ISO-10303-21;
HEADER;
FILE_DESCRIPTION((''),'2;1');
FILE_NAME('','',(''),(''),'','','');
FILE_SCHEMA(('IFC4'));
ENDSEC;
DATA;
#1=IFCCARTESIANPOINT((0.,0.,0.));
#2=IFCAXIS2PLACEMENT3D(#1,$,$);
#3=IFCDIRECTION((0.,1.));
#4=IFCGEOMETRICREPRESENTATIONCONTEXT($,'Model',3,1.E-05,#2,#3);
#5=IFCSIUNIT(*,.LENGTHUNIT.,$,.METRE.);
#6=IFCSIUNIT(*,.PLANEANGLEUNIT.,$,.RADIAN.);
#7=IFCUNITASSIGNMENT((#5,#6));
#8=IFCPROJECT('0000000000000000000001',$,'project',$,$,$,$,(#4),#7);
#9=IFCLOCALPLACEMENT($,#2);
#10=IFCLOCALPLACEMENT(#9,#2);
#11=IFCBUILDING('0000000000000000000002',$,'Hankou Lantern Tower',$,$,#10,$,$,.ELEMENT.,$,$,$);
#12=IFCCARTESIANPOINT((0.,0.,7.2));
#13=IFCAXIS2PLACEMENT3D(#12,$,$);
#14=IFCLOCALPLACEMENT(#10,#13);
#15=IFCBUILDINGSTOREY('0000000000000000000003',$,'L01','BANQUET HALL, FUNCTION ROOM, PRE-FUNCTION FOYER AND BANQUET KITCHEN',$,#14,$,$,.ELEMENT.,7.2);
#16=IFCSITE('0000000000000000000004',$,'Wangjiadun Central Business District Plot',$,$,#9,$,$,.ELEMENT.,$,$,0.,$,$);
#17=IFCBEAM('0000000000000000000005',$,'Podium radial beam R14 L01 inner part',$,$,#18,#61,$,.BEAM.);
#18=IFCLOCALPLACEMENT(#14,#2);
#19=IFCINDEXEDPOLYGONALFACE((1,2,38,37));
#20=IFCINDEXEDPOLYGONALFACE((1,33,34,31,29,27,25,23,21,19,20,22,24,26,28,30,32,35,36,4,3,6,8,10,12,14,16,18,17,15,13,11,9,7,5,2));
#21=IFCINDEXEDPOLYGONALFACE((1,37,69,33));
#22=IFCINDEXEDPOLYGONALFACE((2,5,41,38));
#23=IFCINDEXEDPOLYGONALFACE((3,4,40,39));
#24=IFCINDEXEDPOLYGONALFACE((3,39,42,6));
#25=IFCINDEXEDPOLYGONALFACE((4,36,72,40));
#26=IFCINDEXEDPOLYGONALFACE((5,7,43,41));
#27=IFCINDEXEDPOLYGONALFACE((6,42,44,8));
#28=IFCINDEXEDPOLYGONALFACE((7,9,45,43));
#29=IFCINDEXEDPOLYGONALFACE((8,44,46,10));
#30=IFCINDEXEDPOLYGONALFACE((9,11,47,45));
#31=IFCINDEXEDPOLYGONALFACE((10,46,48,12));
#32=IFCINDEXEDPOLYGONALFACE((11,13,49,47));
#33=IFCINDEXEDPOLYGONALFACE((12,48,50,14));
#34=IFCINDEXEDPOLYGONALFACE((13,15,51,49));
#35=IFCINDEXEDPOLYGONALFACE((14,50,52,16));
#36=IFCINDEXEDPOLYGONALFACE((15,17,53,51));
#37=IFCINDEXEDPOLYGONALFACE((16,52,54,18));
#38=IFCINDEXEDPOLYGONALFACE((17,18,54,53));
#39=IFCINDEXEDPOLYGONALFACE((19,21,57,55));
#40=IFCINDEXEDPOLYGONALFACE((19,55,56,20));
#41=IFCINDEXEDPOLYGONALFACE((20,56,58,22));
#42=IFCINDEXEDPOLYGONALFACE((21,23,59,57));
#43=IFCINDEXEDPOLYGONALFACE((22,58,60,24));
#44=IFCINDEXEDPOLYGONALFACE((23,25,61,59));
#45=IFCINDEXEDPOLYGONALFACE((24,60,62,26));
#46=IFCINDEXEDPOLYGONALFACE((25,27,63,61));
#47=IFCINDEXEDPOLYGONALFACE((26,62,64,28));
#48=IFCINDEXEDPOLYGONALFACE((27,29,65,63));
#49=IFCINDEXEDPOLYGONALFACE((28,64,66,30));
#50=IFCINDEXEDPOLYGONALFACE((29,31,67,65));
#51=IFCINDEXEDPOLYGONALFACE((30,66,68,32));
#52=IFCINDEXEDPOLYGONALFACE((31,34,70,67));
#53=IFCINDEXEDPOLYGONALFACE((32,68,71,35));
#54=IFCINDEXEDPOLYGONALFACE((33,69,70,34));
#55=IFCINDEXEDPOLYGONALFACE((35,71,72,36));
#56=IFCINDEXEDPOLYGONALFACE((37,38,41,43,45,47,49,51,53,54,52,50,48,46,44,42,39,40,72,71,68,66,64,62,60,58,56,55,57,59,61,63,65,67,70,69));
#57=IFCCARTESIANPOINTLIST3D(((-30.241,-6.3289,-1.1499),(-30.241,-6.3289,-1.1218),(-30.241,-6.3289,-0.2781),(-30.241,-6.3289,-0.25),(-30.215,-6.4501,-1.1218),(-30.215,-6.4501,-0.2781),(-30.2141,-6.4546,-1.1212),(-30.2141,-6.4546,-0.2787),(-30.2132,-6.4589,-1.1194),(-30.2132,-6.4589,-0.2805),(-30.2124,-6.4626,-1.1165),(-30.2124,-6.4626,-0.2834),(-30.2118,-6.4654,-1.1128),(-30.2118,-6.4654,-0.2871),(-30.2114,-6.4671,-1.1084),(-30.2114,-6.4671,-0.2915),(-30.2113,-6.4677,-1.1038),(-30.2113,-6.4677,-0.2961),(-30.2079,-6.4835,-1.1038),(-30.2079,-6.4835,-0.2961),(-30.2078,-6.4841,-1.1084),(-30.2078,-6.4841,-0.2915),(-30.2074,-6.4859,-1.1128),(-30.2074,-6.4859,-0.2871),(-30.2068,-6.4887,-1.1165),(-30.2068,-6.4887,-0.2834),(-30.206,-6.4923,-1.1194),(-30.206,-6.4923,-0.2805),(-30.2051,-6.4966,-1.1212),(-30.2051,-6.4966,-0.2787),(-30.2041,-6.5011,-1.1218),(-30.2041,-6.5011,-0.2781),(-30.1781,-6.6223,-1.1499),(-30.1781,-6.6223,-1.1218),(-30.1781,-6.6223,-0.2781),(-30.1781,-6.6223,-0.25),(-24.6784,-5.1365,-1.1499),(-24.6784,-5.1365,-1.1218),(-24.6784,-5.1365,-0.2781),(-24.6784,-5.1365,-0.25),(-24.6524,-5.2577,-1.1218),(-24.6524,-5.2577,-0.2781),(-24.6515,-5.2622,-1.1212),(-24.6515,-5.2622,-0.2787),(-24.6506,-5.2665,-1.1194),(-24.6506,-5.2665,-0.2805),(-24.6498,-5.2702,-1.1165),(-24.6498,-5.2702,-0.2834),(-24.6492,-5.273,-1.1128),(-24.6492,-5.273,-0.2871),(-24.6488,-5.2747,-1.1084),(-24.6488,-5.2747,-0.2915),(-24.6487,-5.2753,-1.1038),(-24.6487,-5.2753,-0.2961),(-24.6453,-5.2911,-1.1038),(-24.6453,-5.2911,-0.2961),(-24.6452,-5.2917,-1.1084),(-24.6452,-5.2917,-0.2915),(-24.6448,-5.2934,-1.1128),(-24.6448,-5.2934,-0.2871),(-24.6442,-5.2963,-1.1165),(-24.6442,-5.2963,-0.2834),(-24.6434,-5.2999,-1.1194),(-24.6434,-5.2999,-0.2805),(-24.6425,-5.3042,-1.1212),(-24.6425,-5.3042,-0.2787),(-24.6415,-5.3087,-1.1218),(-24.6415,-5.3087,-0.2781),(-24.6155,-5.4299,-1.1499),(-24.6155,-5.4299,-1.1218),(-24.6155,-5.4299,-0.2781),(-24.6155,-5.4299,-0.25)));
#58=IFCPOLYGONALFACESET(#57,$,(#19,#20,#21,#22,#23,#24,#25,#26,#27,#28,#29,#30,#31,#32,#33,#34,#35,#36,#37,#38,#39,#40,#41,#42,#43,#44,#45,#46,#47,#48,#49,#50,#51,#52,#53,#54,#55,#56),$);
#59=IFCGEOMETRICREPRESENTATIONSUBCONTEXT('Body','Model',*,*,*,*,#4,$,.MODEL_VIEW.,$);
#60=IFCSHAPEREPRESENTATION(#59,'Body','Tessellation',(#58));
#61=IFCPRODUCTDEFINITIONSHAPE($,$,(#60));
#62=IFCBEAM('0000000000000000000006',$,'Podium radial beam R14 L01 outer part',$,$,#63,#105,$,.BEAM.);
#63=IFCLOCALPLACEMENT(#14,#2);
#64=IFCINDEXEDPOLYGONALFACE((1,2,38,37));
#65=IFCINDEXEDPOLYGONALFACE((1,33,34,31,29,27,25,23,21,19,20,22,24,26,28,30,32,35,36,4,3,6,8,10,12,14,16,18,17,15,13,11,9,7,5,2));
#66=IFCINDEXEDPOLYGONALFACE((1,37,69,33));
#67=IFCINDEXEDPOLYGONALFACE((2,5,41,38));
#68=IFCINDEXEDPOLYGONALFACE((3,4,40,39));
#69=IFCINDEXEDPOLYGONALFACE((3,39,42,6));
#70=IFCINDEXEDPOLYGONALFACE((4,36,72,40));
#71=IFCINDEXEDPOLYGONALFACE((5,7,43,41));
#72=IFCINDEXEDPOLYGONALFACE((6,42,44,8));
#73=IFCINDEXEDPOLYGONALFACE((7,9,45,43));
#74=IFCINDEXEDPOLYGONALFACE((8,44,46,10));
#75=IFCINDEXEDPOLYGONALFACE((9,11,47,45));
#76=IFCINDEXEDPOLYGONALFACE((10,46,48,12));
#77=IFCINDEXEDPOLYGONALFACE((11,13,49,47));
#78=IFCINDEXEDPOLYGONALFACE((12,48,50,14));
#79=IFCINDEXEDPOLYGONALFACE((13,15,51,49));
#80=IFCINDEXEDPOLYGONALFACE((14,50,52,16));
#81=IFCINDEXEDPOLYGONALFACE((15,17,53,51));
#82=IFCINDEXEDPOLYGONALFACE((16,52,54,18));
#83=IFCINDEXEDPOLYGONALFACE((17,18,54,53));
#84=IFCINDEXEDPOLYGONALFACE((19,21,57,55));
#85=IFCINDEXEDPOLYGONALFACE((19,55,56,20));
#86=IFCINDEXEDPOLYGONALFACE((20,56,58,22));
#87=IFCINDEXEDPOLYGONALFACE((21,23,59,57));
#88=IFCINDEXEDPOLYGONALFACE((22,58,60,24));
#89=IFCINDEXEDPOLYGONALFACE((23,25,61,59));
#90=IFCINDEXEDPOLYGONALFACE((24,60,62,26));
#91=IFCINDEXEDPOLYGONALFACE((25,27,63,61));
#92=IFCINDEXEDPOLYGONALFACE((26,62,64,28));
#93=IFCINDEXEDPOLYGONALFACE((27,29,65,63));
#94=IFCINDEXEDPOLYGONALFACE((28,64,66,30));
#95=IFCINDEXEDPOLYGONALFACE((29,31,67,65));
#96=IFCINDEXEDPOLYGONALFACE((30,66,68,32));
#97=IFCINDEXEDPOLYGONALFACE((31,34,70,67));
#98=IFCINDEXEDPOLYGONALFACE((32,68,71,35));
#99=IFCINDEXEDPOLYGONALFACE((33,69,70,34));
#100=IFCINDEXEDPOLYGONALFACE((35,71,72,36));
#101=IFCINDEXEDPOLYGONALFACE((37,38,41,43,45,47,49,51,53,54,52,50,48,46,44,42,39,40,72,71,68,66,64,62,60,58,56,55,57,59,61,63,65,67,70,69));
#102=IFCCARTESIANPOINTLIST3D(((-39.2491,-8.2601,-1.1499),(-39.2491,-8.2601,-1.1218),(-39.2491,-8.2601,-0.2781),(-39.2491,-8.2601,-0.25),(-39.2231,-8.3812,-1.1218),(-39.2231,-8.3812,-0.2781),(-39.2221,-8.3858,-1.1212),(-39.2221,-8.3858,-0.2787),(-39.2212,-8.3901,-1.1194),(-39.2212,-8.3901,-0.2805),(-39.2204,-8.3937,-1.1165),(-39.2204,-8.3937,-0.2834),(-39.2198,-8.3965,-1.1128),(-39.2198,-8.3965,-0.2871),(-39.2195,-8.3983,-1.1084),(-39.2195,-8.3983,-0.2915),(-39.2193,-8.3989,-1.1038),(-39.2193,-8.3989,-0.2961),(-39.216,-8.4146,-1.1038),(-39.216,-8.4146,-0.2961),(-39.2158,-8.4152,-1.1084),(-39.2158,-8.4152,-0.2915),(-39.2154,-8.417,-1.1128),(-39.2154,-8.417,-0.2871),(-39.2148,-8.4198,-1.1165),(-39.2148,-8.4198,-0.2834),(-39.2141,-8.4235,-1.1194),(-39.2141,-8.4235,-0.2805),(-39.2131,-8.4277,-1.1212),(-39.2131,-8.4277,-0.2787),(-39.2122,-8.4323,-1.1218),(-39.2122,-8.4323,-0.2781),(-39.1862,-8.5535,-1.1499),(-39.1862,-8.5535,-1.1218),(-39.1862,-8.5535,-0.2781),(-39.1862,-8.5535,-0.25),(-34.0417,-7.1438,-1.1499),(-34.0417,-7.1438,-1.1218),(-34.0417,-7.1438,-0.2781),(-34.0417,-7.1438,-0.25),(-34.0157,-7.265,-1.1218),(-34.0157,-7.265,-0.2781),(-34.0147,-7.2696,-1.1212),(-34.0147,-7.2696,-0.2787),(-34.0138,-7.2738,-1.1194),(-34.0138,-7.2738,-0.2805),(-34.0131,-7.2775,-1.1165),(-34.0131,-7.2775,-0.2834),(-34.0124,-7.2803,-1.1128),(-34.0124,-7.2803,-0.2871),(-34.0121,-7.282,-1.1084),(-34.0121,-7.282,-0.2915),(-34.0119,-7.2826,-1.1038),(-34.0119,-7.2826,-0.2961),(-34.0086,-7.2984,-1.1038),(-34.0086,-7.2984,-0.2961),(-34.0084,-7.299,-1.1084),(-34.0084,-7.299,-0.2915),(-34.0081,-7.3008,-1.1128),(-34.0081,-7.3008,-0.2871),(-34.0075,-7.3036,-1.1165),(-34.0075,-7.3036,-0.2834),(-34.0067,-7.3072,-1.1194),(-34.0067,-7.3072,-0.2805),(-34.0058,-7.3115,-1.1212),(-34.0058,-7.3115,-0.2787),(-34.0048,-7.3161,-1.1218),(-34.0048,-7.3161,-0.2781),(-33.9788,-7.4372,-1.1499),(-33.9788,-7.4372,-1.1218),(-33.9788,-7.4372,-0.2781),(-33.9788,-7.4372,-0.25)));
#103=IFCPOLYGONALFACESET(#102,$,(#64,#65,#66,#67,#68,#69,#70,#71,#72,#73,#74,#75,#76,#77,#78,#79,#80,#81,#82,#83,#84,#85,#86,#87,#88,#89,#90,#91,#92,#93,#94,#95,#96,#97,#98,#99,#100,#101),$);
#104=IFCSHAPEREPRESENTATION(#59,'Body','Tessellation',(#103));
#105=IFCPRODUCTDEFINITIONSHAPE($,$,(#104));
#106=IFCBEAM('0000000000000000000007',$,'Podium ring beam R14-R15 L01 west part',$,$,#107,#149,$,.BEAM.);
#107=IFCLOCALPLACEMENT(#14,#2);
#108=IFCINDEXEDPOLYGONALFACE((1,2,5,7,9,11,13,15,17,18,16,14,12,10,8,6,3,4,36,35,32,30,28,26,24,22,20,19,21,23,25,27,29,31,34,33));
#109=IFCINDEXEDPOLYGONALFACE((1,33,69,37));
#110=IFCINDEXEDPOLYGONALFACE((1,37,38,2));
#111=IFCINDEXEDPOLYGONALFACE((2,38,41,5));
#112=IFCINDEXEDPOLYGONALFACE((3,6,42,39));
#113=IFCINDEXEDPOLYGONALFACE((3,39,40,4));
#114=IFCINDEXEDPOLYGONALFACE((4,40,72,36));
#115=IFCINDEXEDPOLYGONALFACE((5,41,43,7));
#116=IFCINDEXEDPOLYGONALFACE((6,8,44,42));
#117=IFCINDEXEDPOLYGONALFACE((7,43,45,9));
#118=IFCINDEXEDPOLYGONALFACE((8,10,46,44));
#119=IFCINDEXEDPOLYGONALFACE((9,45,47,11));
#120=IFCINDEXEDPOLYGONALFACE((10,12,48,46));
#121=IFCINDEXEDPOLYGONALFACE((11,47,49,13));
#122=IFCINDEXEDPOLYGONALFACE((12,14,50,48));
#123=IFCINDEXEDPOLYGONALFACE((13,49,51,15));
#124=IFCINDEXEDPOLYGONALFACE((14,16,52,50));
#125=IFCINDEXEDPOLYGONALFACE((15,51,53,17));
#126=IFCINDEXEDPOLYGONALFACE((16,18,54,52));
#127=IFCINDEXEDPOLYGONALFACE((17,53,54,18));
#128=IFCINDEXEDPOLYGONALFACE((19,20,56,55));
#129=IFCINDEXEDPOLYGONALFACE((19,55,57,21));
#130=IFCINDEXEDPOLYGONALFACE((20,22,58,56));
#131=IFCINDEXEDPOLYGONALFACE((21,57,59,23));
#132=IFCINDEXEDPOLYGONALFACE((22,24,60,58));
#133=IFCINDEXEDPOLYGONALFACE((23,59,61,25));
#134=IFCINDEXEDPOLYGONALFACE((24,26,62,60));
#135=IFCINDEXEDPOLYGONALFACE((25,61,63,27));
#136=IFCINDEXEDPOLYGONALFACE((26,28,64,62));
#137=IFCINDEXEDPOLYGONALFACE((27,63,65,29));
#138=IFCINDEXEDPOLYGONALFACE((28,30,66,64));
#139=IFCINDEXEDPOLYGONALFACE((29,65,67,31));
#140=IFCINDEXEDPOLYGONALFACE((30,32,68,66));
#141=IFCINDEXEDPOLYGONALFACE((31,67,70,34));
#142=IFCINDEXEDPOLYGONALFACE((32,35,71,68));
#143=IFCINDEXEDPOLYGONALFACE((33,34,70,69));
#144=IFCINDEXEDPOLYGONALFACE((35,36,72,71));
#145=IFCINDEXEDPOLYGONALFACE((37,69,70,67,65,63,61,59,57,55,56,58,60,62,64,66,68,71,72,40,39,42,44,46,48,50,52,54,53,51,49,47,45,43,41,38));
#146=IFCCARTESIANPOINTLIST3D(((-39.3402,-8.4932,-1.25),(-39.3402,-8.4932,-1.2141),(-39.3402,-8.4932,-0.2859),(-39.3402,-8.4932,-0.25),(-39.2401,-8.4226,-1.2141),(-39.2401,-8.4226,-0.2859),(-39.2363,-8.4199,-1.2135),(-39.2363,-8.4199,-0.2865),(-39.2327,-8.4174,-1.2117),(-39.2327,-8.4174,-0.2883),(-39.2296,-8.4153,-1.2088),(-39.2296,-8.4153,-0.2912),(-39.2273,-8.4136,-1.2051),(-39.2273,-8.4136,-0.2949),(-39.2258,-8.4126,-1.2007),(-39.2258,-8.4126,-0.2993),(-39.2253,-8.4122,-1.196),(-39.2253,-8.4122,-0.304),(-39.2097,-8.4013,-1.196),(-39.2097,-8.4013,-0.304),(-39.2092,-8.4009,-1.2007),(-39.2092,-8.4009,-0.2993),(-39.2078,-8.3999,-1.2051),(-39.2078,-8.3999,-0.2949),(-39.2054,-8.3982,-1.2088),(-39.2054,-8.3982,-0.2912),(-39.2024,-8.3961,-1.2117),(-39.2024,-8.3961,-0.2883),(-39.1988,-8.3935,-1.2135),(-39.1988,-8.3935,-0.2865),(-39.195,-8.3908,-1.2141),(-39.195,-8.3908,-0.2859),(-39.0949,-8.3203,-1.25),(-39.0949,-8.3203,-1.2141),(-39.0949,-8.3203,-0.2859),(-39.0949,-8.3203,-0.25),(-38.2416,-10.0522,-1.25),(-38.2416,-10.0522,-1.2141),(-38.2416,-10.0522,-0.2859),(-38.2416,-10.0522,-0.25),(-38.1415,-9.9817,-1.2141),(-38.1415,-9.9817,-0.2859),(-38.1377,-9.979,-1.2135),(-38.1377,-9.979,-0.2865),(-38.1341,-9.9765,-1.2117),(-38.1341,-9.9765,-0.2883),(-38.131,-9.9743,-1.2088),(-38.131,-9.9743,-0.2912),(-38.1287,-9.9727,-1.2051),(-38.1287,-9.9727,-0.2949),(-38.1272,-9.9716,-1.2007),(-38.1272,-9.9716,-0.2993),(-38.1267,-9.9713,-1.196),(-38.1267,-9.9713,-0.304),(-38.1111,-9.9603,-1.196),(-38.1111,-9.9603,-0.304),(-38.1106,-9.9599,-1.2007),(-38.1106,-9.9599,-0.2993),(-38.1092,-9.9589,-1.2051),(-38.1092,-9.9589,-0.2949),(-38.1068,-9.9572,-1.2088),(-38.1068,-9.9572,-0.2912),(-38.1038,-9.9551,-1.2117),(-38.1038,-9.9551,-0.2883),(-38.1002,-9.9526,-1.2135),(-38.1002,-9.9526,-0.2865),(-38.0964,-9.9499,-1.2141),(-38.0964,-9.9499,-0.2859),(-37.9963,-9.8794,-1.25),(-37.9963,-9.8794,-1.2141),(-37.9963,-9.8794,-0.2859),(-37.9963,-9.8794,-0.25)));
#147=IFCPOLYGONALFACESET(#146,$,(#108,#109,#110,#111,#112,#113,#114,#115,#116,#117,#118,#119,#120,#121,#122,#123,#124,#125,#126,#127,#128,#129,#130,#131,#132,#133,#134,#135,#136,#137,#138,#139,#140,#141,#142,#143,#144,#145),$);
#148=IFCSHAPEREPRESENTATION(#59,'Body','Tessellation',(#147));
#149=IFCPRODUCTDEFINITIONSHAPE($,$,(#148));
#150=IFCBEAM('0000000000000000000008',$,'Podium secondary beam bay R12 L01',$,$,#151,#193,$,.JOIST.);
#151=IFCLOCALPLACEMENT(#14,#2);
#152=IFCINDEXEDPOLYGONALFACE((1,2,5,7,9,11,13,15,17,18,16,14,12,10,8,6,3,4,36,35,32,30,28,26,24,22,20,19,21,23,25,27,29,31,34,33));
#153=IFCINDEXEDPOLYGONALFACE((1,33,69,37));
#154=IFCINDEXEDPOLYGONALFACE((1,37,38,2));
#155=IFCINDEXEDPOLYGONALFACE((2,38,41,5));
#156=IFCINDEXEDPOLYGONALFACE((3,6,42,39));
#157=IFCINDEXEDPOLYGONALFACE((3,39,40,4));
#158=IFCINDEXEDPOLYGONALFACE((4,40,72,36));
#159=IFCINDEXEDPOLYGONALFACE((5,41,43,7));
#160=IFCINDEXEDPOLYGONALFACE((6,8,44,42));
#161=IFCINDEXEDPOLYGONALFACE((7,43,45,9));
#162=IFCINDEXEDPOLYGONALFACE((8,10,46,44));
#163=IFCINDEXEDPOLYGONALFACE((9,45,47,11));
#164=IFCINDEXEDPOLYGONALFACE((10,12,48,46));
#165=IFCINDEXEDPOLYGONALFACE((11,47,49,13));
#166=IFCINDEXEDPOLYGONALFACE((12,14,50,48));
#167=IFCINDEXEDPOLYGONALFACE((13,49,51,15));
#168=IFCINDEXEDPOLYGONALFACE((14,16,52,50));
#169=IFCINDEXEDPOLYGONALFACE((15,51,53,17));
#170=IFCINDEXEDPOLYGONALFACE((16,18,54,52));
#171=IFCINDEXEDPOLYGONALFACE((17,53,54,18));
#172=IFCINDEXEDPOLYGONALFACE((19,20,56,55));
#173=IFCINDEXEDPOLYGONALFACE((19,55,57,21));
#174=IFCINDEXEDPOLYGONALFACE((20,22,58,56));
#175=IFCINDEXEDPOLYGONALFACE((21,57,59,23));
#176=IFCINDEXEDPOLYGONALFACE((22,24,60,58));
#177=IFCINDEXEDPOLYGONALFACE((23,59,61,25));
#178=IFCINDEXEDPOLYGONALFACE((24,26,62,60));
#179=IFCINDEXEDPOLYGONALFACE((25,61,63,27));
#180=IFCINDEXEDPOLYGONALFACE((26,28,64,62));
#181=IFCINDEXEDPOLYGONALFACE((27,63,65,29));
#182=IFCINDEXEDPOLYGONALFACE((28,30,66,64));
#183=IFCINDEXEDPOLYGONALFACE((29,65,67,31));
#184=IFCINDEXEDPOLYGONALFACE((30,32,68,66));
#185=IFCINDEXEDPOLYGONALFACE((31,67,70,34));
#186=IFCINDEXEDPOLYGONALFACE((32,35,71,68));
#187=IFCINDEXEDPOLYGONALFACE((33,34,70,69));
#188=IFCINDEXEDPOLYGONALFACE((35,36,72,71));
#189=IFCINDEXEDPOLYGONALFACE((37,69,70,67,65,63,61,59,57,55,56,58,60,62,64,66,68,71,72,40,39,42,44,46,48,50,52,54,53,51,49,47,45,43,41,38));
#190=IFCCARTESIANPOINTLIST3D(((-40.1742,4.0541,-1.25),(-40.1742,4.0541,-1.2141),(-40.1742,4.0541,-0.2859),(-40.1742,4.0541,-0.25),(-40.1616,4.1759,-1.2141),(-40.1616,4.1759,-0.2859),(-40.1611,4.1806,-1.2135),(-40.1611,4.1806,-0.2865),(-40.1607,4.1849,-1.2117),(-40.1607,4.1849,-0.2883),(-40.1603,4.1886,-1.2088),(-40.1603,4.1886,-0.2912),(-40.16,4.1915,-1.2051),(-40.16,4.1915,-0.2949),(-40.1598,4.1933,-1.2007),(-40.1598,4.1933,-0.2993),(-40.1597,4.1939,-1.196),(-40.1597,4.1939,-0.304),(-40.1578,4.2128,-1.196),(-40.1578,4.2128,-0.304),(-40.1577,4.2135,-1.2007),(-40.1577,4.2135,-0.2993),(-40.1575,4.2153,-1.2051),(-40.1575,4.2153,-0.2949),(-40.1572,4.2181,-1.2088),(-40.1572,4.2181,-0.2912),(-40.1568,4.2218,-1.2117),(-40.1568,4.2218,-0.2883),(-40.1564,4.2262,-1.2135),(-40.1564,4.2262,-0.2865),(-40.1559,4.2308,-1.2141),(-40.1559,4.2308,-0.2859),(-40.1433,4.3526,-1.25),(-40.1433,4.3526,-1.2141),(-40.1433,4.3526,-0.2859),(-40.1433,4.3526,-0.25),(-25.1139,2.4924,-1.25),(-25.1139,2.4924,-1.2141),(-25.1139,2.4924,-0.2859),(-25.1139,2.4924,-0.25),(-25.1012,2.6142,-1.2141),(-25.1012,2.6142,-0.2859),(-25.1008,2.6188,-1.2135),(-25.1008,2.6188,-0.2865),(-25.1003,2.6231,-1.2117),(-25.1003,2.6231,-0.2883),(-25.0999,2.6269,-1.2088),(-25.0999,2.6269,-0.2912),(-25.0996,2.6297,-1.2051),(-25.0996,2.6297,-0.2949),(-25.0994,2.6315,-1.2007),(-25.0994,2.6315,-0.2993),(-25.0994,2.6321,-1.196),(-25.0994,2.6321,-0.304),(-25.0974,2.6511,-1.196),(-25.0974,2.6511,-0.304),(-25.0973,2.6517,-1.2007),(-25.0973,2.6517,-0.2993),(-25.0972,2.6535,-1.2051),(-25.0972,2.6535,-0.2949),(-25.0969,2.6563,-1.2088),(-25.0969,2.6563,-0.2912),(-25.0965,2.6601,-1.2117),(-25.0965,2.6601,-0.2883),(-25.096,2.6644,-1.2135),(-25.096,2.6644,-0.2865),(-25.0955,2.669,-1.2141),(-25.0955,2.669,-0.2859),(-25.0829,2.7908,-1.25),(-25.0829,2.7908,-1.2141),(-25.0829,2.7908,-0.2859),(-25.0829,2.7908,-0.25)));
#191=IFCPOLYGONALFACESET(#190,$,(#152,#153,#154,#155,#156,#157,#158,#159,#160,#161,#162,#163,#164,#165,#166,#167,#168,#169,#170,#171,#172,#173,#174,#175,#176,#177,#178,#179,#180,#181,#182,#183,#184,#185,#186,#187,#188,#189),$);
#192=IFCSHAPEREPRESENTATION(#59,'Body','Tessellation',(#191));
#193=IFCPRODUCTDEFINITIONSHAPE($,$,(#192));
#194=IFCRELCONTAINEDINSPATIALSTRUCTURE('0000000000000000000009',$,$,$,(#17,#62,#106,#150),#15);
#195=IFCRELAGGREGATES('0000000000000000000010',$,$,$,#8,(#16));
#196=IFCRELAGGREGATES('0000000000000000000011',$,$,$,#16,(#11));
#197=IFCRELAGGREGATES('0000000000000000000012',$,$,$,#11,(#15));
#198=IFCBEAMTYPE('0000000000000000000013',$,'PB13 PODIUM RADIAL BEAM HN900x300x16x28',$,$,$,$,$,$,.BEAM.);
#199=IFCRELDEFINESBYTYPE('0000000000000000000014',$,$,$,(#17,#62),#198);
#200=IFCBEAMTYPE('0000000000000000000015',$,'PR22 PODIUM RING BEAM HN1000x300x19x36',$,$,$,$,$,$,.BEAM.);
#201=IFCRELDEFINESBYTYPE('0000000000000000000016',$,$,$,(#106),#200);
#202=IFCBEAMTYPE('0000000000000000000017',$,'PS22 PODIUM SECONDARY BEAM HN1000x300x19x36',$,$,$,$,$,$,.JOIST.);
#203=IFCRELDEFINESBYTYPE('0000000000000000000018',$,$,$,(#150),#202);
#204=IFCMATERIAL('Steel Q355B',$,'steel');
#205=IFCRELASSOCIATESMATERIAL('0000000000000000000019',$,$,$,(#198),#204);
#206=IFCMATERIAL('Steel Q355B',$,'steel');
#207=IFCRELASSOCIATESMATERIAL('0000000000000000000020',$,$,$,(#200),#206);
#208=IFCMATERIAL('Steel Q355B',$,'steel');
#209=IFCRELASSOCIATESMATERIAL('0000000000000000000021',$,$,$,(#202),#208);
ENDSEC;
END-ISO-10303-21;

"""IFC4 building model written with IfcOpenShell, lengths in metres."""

from ifc_helpers import new_model, si_unit, direction, frame, origin, origin_2d, place, context, subcontext, project, spatial, i_section, extrude, material, material_profile, profile_set, type_object, element, save


model = new_model("IFC4")

# Units and contexts
model_context = context("Model", 3, precision=1e-05, world=origin(), true_north=direction((0.0, 1.0)))
body_context = subcontext(model_context, "Body", "Model", "MODEL_VIEW")
ifc_project = project(units=[si_unit("LENGTHUNIT", "METRE"), si_unit("PLANEANGLEUNIT", "RADIAN")], contexts=[model_context])

# Site, building, storey
site_placement = place(None, origin())
site = spatial("IfcSite", under=ifc_project, at=site_placement, Name="Wangjiadun Central Business District Plot", CompositionType="ELEMENT", RefElevation=0.0)
building_placement = place(site_placement, origin())
building = spatial("IfcBuilding", under=site, at=building_placement, Name="Hankou Lantern Tower", CompositionType="ELEMENT")
storey_placement = place(building_placement, frame((0.0, 0.0, 7.2)))
storey = spatial("IfcBuildingStorey", under=building, at=storey_placement, Name="L01", Description="BANQUET HALL, FUNCTION ROOM, PRE-FUNCTION FOYER AND BANQUET KITCHEN", CompositionType="ELEMENT", Elevation=7.2)

# Beams
ifc_material_1 = material(Name="Steel Q355B", Category="steel")
ifc_material_profile_1 = material_profile(ifc_material_1, i_section(OverallWidth=0.3, OverallDepth=0.8999, WebThickness=0.0161, FlangeThickness=0.0281, FilletRadius=0.0181, at=origin_2d()), Name="HN900x300x16x28")
ifc_profile_set_1 = profile_set([ifc_material_profile_1], Name="Steel Q355B")
beam_type_1 = type_object("IfcBeamType", Name="PB13 PODIUM RADIAL BEAM HN900x300x16x28", PredefinedType="BEAM", material=ifc_profile_set_1)
beam_1_placement = place(storey_placement, frame((-24.647, -5.2832, -0.7), z_axis=(-0.977787, -0.209599, 0.0), x_axis=(0.209599, -0.977787, 0.0)))
element("IfcBeam", 1, at=beam_1_placement, inside=storey, type_object=beam_type_1, Name="Podium radial beam R14 L01 inner part", PredefinedType="BEAM", context=body_context, shape_type="SweptSolid", body=[
    extrude(i_section(OverallWidth=0.3, OverallDepth=0.8999, WebThickness=0.0161, FlangeThickness=0.0281, FilletRadius=0.0181, at=origin_2d()), origin(), (0.0, 0.0, 1.0), 5.689),
])
beam_2_placement = place(storey_placement, frame((-34.0103, -7.2905, -0.7), z_axis=(-0.977788, -0.209595, 0.0), x_axis=(0.209595, -0.977788, 0.0)))
element("IfcBeam", 2, at=beam_2_placement, inside=storey, type_object=beam_type_1, Name="Podium radial beam R14 L01 outer part", PredefinedType="BEAM", context=body_context, shape_type="SweptSolid", body=[
    extrude(i_section(OverallWidth=0.3, OverallDepth=0.8999, WebThickness=0.0161, FlangeThickness=0.0281, FilletRadius=0.0181, at=origin_2d()), origin(), (0.0, 0.0, 1.0), 5.3257),
])
ifc_material_2 = material(Name="Steel Q355B", Category="steel")
ifc_material_profile_2 = material_profile(ifc_material_2, i_section(OverallWidth=0.3, OverallDepth=1.0, WebThickness=0.019, FlangeThickness=0.0359, FilletRadius=0.0181, at=origin_2d()), Name="HN1000x300x19x36")
ifc_profile_set_2 = profile_set([ifc_material_profile_2], Name="Steel Q355B")
beam_type_2 = type_object("IfcBeamType", Name="PR22 PODIUM RING BEAM HN1000x300x19x36", PredefinedType="BEAM", material=ifc_profile_set_2)
beam_3_placement = place(storey_placement, frame((-39.2175, -8.4067, -0.75), z_axis=(0.57602, -0.817436, 0.0), x_axis=(0.817436, 0.57602, 0.0)))
element("IfcBeam", 3, at=beam_3_placement, inside=storey, type_object=beam_type_2, Name="Podium ring beam R14-R15 L01 west part", PredefinedType="BEAM", context=body_context, shape_type="SweptSolid", body=[
    extrude(i_section(OverallWidth=0.3, OverallDepth=1.0, WebThickness=0.019, FlangeThickness=0.0359, FilletRadius=0.0181, at=origin_2d()), origin(), (0.0, 0.0, 1.0), 1.9072),
])
ifc_material_3 = material(Name="Steel Q355B", Category="steel")
ifc_material_profile_3 = material_profile(ifc_material_3, i_section(OverallWidth=0.3, OverallDepth=1.0, WebThickness=0.019, FlangeThickness=0.0359, FilletRadius=0.0181, at=origin_2d()), Name="HN1000x300x19x36")
ifc_profile_set_3 = profile_set([ifc_material_profile_3], Name="Steel Q355B")
beam_type_3 = type_object("IfcBeamType", Name="PS22 PODIUM SECONDARY BEAM HN1000x300x19x36", PredefinedType="JOIST", material=ifc_profile_set_3)
for number, where, z_axis, x_axis, name in (
    (4, (-25.0984, 2.6416, -0.75), (-0.994666, 0.103148, 0.0), (-0.103148, -0.994666, 0.0), "Podium secondary beam bay R12 L01"),
):
    element("IfcBeam", number, at=place(storey_placement, frame(where, z_axis=z_axis, x_axis=x_axis)), inside=storey, type_object=beam_type_3, Name=name, PredefinedType="JOIST", context=body_context, shape_type="SweptSolid", body=[
        extrude(i_section(OverallWidth=0.3, OverallDepth=1.0, WebThickness=0.019, FlangeThickness=0.0359, FilletRadius=0.0181, at=origin_2d()), origin(), (0.0, 0.0, 1.0), 15.1411),
    ])

save(model, "model.ifc")
